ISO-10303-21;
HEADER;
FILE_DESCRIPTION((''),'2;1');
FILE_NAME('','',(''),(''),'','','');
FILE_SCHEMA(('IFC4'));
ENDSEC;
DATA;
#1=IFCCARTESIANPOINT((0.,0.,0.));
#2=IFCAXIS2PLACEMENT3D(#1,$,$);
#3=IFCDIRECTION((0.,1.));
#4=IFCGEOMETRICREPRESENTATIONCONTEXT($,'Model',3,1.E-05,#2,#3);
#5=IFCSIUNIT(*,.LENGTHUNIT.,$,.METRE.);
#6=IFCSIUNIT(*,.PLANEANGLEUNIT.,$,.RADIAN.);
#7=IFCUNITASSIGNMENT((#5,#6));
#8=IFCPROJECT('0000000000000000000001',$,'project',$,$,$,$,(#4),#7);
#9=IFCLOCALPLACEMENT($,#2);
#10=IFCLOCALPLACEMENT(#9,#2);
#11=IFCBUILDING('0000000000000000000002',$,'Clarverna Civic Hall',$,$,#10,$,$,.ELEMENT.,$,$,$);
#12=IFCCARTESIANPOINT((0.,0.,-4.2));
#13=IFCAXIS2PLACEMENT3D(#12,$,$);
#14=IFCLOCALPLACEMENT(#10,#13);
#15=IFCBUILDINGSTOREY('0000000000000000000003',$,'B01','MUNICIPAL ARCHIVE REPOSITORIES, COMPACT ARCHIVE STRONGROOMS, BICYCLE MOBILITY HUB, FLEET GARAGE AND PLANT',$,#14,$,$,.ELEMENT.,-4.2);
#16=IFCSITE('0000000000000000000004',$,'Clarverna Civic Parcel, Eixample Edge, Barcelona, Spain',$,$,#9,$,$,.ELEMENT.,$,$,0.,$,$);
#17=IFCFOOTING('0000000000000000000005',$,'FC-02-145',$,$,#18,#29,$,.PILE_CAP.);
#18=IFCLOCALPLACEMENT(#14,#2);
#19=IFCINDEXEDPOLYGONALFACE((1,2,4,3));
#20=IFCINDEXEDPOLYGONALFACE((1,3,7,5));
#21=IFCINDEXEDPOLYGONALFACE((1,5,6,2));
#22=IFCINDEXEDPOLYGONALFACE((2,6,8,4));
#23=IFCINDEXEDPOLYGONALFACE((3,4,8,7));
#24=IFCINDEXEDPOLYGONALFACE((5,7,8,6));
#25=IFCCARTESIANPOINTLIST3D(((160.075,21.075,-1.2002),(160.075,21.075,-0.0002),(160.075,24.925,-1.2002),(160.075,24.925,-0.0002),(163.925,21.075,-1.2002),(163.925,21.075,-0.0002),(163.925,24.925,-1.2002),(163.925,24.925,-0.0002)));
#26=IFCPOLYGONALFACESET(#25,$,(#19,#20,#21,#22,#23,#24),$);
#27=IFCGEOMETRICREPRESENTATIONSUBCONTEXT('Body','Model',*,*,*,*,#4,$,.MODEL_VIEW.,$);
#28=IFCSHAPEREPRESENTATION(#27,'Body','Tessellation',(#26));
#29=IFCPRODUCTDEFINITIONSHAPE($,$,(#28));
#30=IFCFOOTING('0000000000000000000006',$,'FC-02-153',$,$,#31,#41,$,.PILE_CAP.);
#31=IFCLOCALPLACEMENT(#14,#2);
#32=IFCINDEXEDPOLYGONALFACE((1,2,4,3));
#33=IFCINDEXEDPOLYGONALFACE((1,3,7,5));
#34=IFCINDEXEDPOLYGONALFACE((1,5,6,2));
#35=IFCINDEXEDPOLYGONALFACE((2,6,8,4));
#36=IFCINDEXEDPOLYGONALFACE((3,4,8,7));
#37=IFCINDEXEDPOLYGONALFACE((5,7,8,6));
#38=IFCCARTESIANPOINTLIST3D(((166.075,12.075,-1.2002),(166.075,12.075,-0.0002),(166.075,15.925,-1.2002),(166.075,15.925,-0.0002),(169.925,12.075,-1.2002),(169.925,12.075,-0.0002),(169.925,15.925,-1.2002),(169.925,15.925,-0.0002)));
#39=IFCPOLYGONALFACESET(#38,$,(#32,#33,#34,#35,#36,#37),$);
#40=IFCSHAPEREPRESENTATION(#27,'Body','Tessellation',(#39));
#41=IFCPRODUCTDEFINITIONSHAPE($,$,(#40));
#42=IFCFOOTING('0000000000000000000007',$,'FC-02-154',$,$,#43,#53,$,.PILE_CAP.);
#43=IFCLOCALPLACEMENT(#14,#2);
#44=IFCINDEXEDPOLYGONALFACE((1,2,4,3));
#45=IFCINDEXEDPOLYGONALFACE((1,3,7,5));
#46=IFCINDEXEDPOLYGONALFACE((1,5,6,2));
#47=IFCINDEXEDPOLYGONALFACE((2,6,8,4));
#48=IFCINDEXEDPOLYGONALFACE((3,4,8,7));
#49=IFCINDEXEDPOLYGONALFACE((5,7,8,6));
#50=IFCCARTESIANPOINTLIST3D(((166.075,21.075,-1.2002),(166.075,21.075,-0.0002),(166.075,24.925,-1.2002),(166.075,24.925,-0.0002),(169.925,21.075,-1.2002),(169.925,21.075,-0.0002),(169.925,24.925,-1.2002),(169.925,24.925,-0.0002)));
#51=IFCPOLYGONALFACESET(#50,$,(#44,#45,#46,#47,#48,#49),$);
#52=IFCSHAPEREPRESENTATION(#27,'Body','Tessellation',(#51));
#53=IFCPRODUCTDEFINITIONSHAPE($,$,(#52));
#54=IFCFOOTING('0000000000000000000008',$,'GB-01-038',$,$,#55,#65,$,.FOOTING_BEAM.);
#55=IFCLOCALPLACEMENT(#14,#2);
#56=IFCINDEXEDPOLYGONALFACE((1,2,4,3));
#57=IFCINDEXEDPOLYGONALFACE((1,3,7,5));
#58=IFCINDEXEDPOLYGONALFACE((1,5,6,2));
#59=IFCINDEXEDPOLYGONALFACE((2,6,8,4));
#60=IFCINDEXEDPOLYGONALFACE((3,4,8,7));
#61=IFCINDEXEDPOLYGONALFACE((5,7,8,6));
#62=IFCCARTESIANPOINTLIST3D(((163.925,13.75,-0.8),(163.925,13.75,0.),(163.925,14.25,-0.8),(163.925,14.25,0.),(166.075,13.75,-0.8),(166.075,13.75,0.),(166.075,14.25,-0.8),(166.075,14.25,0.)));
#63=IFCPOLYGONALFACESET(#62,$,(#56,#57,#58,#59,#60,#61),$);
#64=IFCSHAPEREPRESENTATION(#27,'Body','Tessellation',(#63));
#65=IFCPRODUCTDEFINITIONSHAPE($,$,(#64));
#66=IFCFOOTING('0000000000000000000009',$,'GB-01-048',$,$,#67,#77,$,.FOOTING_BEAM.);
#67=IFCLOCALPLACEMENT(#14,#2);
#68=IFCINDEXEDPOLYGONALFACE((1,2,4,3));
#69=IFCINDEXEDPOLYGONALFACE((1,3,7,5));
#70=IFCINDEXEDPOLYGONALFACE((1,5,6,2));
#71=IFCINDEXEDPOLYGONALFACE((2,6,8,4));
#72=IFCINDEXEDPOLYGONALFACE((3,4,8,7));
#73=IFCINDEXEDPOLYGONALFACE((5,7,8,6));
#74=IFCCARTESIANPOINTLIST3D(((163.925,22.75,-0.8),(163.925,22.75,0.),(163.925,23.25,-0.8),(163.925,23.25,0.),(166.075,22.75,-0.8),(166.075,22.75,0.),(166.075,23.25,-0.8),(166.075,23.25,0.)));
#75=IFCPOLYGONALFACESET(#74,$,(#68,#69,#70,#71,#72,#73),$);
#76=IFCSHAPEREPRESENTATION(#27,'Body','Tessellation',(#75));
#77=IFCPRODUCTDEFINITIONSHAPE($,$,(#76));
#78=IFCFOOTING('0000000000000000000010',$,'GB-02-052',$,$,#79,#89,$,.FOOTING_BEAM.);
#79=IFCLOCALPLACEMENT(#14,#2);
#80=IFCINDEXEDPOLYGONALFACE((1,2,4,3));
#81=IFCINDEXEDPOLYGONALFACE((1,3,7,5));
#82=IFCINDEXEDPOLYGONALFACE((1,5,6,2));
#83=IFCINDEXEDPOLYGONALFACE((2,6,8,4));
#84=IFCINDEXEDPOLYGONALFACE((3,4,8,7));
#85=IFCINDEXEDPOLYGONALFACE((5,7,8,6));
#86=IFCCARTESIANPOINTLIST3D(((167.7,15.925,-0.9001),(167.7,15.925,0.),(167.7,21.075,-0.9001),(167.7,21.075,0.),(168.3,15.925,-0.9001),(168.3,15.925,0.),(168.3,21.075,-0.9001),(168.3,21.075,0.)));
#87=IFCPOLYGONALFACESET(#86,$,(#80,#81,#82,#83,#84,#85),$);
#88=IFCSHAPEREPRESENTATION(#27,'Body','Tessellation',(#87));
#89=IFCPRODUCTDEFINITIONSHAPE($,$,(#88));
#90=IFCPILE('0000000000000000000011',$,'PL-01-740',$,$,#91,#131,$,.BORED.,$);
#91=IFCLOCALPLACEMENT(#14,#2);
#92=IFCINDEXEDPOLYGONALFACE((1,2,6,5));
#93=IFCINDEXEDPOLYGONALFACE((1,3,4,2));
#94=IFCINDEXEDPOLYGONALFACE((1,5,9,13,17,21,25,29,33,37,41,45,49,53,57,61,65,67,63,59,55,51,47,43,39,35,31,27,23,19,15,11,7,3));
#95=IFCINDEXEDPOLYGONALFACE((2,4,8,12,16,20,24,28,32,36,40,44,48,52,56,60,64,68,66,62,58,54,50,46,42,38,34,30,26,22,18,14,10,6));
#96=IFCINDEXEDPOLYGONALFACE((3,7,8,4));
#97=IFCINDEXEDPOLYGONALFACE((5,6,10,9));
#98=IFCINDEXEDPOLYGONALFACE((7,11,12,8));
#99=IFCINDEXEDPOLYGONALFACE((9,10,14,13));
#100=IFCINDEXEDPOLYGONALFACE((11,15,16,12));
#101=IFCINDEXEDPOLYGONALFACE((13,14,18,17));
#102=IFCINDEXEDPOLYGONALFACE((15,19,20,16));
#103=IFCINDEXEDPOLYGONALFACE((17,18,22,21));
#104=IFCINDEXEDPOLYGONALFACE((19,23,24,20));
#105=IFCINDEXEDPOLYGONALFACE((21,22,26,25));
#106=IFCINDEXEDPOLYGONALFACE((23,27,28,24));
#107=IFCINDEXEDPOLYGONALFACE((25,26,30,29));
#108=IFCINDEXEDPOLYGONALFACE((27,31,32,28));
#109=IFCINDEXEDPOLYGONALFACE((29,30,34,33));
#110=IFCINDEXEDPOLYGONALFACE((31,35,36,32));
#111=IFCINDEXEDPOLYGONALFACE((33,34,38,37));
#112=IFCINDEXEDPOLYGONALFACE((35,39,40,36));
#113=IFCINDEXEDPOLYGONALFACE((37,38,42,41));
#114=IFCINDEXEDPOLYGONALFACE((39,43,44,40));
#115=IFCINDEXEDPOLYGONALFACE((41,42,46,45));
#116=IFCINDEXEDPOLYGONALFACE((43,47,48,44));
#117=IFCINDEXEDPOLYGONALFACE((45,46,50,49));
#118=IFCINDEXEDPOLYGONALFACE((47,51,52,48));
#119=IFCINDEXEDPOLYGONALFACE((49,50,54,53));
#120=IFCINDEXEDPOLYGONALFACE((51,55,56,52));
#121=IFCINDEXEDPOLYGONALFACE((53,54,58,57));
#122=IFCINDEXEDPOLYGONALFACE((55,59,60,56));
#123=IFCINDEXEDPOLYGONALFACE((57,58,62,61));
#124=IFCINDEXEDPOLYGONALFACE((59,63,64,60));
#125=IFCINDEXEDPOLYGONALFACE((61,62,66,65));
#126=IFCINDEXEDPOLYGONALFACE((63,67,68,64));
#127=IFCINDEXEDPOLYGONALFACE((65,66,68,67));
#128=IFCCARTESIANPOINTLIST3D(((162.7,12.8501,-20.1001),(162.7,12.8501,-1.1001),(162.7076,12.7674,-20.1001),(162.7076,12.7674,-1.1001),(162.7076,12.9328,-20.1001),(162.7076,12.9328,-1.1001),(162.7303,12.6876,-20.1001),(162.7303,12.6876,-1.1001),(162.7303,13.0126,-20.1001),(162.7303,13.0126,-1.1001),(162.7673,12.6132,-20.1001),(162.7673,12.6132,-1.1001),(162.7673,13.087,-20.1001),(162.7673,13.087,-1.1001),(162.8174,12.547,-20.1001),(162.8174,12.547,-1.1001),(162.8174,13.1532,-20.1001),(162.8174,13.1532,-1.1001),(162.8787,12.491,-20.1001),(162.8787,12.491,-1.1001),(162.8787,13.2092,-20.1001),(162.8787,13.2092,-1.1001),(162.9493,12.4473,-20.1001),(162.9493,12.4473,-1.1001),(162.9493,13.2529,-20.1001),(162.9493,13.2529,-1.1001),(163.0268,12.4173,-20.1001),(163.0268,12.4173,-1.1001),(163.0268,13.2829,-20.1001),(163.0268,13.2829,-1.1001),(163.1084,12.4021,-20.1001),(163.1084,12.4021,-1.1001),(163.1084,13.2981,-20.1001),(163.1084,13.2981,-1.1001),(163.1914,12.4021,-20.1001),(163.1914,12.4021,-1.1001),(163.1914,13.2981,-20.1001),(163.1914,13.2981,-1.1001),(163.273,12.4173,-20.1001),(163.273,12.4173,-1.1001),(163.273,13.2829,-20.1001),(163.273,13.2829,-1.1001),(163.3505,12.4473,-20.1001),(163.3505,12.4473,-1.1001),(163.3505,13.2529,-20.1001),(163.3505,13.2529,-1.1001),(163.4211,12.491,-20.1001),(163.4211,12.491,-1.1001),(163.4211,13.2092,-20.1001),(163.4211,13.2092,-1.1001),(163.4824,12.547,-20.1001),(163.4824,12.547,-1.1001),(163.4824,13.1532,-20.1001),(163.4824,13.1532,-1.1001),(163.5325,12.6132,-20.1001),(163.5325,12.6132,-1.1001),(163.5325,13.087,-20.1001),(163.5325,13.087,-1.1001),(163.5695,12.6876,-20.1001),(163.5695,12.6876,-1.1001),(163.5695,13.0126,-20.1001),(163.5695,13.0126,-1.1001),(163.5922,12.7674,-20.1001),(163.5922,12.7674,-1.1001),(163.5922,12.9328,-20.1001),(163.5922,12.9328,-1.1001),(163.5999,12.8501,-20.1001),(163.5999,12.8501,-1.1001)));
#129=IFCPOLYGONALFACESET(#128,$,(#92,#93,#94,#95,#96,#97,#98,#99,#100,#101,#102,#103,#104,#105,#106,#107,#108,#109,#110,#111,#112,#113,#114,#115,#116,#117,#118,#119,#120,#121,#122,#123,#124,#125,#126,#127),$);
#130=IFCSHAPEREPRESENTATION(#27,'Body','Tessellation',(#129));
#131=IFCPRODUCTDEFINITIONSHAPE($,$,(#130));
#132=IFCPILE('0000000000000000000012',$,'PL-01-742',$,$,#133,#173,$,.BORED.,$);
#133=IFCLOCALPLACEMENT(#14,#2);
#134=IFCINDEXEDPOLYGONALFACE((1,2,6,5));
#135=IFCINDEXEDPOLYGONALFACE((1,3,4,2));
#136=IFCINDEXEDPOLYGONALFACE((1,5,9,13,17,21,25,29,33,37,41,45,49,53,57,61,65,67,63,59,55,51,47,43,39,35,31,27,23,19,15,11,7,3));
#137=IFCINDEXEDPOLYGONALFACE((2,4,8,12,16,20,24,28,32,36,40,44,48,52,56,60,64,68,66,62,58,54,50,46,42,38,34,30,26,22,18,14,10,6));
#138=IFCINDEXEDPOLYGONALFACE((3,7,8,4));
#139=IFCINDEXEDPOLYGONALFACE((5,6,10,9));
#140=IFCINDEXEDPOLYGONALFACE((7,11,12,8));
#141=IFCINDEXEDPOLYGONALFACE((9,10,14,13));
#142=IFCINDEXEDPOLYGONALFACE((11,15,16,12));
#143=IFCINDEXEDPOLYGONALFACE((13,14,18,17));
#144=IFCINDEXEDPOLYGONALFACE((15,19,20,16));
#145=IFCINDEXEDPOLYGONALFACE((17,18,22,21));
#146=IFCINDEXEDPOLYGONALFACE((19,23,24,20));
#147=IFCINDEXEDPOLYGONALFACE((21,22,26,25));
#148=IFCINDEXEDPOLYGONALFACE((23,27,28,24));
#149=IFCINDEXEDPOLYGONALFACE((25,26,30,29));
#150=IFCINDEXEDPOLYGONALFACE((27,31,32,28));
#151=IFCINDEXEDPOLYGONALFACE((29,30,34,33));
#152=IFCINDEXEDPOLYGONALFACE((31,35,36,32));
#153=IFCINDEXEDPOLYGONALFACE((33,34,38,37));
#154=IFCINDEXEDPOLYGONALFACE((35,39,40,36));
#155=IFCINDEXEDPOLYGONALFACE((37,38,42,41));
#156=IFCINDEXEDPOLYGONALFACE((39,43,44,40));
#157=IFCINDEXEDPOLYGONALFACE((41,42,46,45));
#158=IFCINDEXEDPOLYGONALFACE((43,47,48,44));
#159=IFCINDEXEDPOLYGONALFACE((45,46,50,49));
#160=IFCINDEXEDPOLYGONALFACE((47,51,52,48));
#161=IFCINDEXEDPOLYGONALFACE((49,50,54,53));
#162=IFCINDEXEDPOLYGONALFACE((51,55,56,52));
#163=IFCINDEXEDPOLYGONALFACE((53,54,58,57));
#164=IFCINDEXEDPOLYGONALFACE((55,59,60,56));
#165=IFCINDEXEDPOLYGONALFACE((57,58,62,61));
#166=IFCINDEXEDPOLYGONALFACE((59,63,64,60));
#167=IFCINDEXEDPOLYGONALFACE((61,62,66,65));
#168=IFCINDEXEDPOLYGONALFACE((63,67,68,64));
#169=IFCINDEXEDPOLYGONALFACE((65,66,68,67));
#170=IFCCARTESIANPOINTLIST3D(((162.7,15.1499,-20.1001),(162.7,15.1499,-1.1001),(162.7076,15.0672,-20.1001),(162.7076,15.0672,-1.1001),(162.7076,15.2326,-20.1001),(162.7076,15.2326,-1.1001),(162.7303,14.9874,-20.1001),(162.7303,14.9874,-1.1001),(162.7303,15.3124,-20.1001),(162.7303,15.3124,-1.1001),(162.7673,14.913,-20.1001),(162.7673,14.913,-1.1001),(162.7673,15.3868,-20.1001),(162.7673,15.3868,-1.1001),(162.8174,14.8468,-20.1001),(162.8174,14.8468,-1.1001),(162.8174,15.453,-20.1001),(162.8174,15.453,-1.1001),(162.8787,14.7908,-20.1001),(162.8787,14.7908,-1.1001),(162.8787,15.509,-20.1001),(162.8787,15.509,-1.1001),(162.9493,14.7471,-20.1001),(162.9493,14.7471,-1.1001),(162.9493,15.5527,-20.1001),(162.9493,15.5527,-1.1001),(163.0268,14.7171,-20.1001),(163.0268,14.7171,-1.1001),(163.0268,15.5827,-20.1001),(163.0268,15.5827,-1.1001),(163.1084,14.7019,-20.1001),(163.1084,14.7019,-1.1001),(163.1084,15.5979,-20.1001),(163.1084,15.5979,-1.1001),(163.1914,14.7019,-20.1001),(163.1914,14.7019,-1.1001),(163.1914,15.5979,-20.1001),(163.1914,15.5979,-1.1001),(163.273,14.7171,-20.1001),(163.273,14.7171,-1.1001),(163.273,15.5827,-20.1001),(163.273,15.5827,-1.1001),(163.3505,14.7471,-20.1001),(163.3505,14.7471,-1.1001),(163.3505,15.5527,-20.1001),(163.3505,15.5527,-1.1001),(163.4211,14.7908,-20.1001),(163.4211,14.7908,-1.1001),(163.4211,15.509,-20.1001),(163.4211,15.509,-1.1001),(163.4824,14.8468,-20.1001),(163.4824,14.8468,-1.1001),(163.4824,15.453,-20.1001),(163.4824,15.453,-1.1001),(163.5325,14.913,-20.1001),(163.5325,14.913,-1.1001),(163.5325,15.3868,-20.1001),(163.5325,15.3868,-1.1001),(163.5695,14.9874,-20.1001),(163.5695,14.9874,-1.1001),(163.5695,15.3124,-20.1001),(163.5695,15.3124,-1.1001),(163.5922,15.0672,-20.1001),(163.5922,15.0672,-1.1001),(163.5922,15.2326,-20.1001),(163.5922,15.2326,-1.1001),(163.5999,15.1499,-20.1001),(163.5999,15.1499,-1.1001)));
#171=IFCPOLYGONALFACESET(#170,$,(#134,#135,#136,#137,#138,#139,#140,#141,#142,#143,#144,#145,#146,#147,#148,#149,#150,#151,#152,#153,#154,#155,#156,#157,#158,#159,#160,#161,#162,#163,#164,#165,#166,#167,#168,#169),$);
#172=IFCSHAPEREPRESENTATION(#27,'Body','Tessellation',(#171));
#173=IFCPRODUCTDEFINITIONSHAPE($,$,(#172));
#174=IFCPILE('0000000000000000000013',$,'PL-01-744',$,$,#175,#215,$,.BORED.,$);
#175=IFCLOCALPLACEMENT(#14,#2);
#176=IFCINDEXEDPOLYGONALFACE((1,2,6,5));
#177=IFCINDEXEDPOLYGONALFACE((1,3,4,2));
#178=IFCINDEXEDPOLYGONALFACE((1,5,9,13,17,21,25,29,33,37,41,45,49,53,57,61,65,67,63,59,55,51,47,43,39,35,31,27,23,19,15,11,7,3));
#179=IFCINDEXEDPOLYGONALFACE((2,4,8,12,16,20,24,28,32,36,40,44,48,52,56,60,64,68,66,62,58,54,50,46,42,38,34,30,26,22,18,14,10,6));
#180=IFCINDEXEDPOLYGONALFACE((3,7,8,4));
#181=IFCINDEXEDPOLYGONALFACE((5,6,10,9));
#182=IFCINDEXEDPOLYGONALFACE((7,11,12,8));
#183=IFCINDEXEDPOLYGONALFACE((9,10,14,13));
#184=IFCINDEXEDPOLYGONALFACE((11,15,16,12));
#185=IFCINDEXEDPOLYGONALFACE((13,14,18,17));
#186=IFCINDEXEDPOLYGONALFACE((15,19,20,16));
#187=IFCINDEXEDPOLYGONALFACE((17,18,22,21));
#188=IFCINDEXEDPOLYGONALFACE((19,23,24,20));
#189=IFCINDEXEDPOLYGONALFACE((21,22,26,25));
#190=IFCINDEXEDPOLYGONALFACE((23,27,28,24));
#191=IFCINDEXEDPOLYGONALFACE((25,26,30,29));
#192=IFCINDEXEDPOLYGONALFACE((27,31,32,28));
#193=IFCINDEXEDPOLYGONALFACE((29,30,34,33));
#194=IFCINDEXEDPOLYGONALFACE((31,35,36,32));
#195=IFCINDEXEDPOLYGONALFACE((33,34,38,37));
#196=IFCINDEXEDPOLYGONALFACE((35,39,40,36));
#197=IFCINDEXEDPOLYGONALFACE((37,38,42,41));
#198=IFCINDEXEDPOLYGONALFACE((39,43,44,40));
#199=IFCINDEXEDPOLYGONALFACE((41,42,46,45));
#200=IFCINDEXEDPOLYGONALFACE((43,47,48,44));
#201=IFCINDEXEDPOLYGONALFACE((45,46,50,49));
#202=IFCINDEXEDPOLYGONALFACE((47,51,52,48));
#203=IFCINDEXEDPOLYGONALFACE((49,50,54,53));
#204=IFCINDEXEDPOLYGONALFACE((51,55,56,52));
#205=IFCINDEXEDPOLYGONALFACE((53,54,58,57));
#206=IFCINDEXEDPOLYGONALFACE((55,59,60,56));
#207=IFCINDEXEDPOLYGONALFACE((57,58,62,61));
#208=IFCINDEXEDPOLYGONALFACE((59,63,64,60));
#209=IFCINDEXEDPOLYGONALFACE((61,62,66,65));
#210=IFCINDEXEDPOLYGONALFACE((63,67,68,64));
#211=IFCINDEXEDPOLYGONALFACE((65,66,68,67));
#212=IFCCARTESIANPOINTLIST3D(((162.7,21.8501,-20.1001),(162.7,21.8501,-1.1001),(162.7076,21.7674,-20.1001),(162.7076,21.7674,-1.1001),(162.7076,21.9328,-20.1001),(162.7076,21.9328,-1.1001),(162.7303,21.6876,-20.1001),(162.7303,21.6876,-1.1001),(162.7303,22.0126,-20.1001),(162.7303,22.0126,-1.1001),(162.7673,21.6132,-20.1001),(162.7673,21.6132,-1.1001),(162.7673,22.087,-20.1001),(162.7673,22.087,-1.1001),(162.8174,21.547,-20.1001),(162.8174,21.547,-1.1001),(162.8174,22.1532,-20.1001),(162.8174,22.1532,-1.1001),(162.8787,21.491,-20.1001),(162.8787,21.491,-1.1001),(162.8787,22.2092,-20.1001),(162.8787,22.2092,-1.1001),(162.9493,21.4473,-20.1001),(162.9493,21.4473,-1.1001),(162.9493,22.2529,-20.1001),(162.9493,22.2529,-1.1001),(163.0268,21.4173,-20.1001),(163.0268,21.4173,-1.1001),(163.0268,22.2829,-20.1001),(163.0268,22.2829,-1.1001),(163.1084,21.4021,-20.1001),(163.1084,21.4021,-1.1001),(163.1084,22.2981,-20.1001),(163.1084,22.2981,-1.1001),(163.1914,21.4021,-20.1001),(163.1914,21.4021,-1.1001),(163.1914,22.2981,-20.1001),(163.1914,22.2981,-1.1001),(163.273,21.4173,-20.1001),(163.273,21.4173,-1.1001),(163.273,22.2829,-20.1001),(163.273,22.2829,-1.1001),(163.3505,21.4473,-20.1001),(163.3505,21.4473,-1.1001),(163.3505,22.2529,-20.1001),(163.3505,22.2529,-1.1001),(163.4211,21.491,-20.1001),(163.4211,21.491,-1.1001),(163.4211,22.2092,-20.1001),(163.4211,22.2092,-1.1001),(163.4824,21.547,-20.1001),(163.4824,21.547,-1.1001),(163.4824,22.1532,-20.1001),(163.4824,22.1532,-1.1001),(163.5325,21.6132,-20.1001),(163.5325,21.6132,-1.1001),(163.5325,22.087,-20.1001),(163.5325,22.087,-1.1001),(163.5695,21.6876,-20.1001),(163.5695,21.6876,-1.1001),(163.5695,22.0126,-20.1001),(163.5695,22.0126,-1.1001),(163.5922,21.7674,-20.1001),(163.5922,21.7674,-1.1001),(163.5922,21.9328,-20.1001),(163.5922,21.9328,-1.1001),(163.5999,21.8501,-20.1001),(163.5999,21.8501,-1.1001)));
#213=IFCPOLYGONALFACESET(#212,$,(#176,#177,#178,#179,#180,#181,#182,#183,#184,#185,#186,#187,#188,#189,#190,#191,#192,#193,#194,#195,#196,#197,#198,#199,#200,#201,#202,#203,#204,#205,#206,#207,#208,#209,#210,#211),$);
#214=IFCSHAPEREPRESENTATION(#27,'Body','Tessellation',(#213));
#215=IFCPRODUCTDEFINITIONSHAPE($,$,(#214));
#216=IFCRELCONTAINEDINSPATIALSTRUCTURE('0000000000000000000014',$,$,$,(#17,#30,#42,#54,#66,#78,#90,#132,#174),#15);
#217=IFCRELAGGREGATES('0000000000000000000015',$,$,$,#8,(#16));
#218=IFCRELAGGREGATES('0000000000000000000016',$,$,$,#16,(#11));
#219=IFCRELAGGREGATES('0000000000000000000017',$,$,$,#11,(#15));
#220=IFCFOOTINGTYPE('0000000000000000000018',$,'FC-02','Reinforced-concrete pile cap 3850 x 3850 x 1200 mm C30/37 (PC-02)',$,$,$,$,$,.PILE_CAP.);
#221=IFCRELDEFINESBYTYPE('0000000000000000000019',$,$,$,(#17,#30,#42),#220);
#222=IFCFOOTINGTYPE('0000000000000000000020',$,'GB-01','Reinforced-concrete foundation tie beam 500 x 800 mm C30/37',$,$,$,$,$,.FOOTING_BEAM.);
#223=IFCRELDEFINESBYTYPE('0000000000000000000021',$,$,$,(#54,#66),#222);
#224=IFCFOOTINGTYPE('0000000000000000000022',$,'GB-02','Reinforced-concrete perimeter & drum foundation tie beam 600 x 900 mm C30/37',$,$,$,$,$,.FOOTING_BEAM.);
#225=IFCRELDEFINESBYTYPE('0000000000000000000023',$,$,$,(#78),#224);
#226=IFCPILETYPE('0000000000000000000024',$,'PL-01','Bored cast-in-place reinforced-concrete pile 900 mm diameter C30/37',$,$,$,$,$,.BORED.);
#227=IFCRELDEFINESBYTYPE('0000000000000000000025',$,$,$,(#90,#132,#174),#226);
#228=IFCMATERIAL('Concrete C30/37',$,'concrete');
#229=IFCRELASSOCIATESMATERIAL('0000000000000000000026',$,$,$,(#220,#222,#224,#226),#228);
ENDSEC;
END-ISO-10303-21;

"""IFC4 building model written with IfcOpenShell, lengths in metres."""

from ifc_helpers import new_model, si_unit, direction, frame, frame_2d, origin, origin_2d, place, context, subcontext, project, spatial, rectangle, circle, extrude, material, material_profile, profile_set, type_object, element, save


model = new_model("IFC4")

# Units and contexts
model_context = context("Model", 3, precision=1e-05, world=origin(), true_north=direction((0.0, 1.0)))
body_context = subcontext(model_context, "Body", "Model", "MODEL_VIEW")
ifc_project = project(units=[si_unit("LENGTHUNIT", "METRE"), si_unit("PLANEANGLEUNIT", "RADIAN")], contexts=[model_context])

# Site, building, storey
site_placement = place(None, origin())
site = spatial("IfcSite", under=ifc_project, at=site_placement, Name="Clarverna Civic Parcel, Eixample Edge, Barcelona, Spain", CompositionType="ELEMENT", RefElevation=0.0)
building_placement = place(site_placement, origin())
building = spatial("IfcBuilding", under=site, at=building_placement, Name="Clarverna Civic Hall", CompositionType="ELEMENT")
storey_placement = place(building_placement, frame((0.0, 0.0, -4.2)))
storey = spatial("IfcBuildingStorey", under=building, at=storey_placement, Name="B01", Description="MUNICIPAL ARCHIVE REPOSITORIES, COMPACT ARCHIVE STRONGROOMS, BICYCLE MOBILITY HUB, FLEET GARAGE AND PLANT", CompositionType="ELEMENT", Elevation=-4.2)

# Footings
ifc_material_1 = material(Name="Concrete C30/37", Category="concrete")
footing_type_1 = type_object("IfcFootingType", Name="FC-02", Description="Reinforced-concrete pile cap 3850 x 3850 x 1200 mm C30/37 (PC-02)", PredefinedType="PILE_CAP", material=ifc_material_1)
for number, where, z_axis, x_axis, name in (
    (1, (162.0, 23.0, -1.2002), (0.0, 0.0, 1.0), (1.0, 0.0, 0.0), "FC-02-145"),
    (2, (168.0, 14.0, -1.2002), (0.0, 0.0, 1.0), (1.0, 0.0, 0.0), "FC-02-153"),
    (3, (168.0, 23.0, -1.2002), (0.0, 0.0, 1.0), (1.0, 0.0, 0.0), "FC-02-154"),
):
    element("IfcFooting", number, at=place(storey_placement, frame(where, z_axis=z_axis, x_axis=x_axis)), inside=storey, type_object=footing_type_1, Name=name, PredefinedType="PILE_CAP", context=body_context, shape_type="SweptSolid", body=[
        extrude(rectangle(XDim=3.8501, YDim=3.8501, at=origin_2d()), origin(), (0.0, 0.0, 1.0), 1.2),
    ])
footing_type_2 = type_object("IfcFootingType", Name="GB-01", Description="Reinforced-concrete foundation tie beam 500 x 800 mm C30/37", PredefinedType="FOOTING_BEAM", material=ifc_material_1)
for number, where, z_axis, x_axis, name in (
    (4, (163.925, 14.0, -0.8), (0.0, 0.0, 1.0), (1.0, 0.0, 0.0), "GB-01-038"),
    (5, (163.925, 23.0, -0.8), (0.0, 0.0, 1.0), (1.0, 0.0, 0.0), "GB-01-048"),
):
    element("IfcFooting", number, at=place(storey_placement, frame(where, z_axis=z_axis, x_axis=x_axis)), inside=storey, type_object=footing_type_2, Name=name, PredefinedType="FOOTING_BEAM", context=body_context, shape_type="SweptSolid", body=[
        extrude(rectangle(XDim=2.1499, YDim=0.5, at=frame_2d((1.075, 0.0))), origin(), (0.0, 0.0, 1.0), 0.8),
    ])
footing_type_3 = type_object("IfcFootingType", Name="GB-02", Description="Reinforced-concrete perimeter & drum foundation tie beam 600 x 900 mm C30/37", PredefinedType="FOOTING_BEAM", material=ifc_material_1)
footing_placement = place(storey_placement, frame((168.0, 15.925, -0.9001), z_axis=(0.0, 0.0, 1.0), x_axis=(0.0, 1.0, 0.0)))
element("IfcFooting", 6, at=footing_placement, inside=storey, type_object=footing_type_3, Name="GB-02-052", PredefinedType="FOOTING_BEAM", context=body_context, shape_type="SweptSolid", body=[
    extrude(rectangle(XDim=5.1499, YDim=0.6001, at=frame_2d((2.575, 0.0))), origin(), (0.0, 0.0, 1.0), 0.9001),
])

# Piles
ifc_material_profile_1 = material_profile(ifc_material_1, circle(Radius=0.45, at=origin_2d()), Name="BORED PILE D900")
ifc_profile_set_1 = profile_set([ifc_material_profile_1], Name="Concrete C30/37")
pile_type = type_object("IfcPileType", Name="PL-01", Description="Bored cast-in-place reinforced-concrete pile 900 mm diameter C30/37", PredefinedType="BORED", material=ifc_profile_set_1)
for number, where, z_axis, x_axis, name in (
    (7, (163.1499, 12.8501, -1.1001), (0.0, 0.0, -1.0), (1.0, 0.0, 0.0), "PL-01-740"),
    (8, (163.1499, 15.1499, -1.1001), (0.0, 0.0, -1.0), (1.0, 0.0, 0.0), "PL-01-742"),
    (9, (163.1499, 21.8501, -1.1001), (0.0, 0.0, -1.0), (1.0, 0.0, 0.0), "PL-01-744"),
):
    element("IfcPile", number, at=place(storey_placement, frame(where, z_axis=z_axis, x_axis=x_axis)), inside=storey, type_object=pile_type, Name=name, PredefinedType="BORED", context=body_context, shape_type="SweptSolid", body=[
        extrude(circle(Radius=0.45, at=origin_2d()), origin(), (0.0, 0.0, 1.0), 19.0),
    ])

save(model, "model.ifc")
